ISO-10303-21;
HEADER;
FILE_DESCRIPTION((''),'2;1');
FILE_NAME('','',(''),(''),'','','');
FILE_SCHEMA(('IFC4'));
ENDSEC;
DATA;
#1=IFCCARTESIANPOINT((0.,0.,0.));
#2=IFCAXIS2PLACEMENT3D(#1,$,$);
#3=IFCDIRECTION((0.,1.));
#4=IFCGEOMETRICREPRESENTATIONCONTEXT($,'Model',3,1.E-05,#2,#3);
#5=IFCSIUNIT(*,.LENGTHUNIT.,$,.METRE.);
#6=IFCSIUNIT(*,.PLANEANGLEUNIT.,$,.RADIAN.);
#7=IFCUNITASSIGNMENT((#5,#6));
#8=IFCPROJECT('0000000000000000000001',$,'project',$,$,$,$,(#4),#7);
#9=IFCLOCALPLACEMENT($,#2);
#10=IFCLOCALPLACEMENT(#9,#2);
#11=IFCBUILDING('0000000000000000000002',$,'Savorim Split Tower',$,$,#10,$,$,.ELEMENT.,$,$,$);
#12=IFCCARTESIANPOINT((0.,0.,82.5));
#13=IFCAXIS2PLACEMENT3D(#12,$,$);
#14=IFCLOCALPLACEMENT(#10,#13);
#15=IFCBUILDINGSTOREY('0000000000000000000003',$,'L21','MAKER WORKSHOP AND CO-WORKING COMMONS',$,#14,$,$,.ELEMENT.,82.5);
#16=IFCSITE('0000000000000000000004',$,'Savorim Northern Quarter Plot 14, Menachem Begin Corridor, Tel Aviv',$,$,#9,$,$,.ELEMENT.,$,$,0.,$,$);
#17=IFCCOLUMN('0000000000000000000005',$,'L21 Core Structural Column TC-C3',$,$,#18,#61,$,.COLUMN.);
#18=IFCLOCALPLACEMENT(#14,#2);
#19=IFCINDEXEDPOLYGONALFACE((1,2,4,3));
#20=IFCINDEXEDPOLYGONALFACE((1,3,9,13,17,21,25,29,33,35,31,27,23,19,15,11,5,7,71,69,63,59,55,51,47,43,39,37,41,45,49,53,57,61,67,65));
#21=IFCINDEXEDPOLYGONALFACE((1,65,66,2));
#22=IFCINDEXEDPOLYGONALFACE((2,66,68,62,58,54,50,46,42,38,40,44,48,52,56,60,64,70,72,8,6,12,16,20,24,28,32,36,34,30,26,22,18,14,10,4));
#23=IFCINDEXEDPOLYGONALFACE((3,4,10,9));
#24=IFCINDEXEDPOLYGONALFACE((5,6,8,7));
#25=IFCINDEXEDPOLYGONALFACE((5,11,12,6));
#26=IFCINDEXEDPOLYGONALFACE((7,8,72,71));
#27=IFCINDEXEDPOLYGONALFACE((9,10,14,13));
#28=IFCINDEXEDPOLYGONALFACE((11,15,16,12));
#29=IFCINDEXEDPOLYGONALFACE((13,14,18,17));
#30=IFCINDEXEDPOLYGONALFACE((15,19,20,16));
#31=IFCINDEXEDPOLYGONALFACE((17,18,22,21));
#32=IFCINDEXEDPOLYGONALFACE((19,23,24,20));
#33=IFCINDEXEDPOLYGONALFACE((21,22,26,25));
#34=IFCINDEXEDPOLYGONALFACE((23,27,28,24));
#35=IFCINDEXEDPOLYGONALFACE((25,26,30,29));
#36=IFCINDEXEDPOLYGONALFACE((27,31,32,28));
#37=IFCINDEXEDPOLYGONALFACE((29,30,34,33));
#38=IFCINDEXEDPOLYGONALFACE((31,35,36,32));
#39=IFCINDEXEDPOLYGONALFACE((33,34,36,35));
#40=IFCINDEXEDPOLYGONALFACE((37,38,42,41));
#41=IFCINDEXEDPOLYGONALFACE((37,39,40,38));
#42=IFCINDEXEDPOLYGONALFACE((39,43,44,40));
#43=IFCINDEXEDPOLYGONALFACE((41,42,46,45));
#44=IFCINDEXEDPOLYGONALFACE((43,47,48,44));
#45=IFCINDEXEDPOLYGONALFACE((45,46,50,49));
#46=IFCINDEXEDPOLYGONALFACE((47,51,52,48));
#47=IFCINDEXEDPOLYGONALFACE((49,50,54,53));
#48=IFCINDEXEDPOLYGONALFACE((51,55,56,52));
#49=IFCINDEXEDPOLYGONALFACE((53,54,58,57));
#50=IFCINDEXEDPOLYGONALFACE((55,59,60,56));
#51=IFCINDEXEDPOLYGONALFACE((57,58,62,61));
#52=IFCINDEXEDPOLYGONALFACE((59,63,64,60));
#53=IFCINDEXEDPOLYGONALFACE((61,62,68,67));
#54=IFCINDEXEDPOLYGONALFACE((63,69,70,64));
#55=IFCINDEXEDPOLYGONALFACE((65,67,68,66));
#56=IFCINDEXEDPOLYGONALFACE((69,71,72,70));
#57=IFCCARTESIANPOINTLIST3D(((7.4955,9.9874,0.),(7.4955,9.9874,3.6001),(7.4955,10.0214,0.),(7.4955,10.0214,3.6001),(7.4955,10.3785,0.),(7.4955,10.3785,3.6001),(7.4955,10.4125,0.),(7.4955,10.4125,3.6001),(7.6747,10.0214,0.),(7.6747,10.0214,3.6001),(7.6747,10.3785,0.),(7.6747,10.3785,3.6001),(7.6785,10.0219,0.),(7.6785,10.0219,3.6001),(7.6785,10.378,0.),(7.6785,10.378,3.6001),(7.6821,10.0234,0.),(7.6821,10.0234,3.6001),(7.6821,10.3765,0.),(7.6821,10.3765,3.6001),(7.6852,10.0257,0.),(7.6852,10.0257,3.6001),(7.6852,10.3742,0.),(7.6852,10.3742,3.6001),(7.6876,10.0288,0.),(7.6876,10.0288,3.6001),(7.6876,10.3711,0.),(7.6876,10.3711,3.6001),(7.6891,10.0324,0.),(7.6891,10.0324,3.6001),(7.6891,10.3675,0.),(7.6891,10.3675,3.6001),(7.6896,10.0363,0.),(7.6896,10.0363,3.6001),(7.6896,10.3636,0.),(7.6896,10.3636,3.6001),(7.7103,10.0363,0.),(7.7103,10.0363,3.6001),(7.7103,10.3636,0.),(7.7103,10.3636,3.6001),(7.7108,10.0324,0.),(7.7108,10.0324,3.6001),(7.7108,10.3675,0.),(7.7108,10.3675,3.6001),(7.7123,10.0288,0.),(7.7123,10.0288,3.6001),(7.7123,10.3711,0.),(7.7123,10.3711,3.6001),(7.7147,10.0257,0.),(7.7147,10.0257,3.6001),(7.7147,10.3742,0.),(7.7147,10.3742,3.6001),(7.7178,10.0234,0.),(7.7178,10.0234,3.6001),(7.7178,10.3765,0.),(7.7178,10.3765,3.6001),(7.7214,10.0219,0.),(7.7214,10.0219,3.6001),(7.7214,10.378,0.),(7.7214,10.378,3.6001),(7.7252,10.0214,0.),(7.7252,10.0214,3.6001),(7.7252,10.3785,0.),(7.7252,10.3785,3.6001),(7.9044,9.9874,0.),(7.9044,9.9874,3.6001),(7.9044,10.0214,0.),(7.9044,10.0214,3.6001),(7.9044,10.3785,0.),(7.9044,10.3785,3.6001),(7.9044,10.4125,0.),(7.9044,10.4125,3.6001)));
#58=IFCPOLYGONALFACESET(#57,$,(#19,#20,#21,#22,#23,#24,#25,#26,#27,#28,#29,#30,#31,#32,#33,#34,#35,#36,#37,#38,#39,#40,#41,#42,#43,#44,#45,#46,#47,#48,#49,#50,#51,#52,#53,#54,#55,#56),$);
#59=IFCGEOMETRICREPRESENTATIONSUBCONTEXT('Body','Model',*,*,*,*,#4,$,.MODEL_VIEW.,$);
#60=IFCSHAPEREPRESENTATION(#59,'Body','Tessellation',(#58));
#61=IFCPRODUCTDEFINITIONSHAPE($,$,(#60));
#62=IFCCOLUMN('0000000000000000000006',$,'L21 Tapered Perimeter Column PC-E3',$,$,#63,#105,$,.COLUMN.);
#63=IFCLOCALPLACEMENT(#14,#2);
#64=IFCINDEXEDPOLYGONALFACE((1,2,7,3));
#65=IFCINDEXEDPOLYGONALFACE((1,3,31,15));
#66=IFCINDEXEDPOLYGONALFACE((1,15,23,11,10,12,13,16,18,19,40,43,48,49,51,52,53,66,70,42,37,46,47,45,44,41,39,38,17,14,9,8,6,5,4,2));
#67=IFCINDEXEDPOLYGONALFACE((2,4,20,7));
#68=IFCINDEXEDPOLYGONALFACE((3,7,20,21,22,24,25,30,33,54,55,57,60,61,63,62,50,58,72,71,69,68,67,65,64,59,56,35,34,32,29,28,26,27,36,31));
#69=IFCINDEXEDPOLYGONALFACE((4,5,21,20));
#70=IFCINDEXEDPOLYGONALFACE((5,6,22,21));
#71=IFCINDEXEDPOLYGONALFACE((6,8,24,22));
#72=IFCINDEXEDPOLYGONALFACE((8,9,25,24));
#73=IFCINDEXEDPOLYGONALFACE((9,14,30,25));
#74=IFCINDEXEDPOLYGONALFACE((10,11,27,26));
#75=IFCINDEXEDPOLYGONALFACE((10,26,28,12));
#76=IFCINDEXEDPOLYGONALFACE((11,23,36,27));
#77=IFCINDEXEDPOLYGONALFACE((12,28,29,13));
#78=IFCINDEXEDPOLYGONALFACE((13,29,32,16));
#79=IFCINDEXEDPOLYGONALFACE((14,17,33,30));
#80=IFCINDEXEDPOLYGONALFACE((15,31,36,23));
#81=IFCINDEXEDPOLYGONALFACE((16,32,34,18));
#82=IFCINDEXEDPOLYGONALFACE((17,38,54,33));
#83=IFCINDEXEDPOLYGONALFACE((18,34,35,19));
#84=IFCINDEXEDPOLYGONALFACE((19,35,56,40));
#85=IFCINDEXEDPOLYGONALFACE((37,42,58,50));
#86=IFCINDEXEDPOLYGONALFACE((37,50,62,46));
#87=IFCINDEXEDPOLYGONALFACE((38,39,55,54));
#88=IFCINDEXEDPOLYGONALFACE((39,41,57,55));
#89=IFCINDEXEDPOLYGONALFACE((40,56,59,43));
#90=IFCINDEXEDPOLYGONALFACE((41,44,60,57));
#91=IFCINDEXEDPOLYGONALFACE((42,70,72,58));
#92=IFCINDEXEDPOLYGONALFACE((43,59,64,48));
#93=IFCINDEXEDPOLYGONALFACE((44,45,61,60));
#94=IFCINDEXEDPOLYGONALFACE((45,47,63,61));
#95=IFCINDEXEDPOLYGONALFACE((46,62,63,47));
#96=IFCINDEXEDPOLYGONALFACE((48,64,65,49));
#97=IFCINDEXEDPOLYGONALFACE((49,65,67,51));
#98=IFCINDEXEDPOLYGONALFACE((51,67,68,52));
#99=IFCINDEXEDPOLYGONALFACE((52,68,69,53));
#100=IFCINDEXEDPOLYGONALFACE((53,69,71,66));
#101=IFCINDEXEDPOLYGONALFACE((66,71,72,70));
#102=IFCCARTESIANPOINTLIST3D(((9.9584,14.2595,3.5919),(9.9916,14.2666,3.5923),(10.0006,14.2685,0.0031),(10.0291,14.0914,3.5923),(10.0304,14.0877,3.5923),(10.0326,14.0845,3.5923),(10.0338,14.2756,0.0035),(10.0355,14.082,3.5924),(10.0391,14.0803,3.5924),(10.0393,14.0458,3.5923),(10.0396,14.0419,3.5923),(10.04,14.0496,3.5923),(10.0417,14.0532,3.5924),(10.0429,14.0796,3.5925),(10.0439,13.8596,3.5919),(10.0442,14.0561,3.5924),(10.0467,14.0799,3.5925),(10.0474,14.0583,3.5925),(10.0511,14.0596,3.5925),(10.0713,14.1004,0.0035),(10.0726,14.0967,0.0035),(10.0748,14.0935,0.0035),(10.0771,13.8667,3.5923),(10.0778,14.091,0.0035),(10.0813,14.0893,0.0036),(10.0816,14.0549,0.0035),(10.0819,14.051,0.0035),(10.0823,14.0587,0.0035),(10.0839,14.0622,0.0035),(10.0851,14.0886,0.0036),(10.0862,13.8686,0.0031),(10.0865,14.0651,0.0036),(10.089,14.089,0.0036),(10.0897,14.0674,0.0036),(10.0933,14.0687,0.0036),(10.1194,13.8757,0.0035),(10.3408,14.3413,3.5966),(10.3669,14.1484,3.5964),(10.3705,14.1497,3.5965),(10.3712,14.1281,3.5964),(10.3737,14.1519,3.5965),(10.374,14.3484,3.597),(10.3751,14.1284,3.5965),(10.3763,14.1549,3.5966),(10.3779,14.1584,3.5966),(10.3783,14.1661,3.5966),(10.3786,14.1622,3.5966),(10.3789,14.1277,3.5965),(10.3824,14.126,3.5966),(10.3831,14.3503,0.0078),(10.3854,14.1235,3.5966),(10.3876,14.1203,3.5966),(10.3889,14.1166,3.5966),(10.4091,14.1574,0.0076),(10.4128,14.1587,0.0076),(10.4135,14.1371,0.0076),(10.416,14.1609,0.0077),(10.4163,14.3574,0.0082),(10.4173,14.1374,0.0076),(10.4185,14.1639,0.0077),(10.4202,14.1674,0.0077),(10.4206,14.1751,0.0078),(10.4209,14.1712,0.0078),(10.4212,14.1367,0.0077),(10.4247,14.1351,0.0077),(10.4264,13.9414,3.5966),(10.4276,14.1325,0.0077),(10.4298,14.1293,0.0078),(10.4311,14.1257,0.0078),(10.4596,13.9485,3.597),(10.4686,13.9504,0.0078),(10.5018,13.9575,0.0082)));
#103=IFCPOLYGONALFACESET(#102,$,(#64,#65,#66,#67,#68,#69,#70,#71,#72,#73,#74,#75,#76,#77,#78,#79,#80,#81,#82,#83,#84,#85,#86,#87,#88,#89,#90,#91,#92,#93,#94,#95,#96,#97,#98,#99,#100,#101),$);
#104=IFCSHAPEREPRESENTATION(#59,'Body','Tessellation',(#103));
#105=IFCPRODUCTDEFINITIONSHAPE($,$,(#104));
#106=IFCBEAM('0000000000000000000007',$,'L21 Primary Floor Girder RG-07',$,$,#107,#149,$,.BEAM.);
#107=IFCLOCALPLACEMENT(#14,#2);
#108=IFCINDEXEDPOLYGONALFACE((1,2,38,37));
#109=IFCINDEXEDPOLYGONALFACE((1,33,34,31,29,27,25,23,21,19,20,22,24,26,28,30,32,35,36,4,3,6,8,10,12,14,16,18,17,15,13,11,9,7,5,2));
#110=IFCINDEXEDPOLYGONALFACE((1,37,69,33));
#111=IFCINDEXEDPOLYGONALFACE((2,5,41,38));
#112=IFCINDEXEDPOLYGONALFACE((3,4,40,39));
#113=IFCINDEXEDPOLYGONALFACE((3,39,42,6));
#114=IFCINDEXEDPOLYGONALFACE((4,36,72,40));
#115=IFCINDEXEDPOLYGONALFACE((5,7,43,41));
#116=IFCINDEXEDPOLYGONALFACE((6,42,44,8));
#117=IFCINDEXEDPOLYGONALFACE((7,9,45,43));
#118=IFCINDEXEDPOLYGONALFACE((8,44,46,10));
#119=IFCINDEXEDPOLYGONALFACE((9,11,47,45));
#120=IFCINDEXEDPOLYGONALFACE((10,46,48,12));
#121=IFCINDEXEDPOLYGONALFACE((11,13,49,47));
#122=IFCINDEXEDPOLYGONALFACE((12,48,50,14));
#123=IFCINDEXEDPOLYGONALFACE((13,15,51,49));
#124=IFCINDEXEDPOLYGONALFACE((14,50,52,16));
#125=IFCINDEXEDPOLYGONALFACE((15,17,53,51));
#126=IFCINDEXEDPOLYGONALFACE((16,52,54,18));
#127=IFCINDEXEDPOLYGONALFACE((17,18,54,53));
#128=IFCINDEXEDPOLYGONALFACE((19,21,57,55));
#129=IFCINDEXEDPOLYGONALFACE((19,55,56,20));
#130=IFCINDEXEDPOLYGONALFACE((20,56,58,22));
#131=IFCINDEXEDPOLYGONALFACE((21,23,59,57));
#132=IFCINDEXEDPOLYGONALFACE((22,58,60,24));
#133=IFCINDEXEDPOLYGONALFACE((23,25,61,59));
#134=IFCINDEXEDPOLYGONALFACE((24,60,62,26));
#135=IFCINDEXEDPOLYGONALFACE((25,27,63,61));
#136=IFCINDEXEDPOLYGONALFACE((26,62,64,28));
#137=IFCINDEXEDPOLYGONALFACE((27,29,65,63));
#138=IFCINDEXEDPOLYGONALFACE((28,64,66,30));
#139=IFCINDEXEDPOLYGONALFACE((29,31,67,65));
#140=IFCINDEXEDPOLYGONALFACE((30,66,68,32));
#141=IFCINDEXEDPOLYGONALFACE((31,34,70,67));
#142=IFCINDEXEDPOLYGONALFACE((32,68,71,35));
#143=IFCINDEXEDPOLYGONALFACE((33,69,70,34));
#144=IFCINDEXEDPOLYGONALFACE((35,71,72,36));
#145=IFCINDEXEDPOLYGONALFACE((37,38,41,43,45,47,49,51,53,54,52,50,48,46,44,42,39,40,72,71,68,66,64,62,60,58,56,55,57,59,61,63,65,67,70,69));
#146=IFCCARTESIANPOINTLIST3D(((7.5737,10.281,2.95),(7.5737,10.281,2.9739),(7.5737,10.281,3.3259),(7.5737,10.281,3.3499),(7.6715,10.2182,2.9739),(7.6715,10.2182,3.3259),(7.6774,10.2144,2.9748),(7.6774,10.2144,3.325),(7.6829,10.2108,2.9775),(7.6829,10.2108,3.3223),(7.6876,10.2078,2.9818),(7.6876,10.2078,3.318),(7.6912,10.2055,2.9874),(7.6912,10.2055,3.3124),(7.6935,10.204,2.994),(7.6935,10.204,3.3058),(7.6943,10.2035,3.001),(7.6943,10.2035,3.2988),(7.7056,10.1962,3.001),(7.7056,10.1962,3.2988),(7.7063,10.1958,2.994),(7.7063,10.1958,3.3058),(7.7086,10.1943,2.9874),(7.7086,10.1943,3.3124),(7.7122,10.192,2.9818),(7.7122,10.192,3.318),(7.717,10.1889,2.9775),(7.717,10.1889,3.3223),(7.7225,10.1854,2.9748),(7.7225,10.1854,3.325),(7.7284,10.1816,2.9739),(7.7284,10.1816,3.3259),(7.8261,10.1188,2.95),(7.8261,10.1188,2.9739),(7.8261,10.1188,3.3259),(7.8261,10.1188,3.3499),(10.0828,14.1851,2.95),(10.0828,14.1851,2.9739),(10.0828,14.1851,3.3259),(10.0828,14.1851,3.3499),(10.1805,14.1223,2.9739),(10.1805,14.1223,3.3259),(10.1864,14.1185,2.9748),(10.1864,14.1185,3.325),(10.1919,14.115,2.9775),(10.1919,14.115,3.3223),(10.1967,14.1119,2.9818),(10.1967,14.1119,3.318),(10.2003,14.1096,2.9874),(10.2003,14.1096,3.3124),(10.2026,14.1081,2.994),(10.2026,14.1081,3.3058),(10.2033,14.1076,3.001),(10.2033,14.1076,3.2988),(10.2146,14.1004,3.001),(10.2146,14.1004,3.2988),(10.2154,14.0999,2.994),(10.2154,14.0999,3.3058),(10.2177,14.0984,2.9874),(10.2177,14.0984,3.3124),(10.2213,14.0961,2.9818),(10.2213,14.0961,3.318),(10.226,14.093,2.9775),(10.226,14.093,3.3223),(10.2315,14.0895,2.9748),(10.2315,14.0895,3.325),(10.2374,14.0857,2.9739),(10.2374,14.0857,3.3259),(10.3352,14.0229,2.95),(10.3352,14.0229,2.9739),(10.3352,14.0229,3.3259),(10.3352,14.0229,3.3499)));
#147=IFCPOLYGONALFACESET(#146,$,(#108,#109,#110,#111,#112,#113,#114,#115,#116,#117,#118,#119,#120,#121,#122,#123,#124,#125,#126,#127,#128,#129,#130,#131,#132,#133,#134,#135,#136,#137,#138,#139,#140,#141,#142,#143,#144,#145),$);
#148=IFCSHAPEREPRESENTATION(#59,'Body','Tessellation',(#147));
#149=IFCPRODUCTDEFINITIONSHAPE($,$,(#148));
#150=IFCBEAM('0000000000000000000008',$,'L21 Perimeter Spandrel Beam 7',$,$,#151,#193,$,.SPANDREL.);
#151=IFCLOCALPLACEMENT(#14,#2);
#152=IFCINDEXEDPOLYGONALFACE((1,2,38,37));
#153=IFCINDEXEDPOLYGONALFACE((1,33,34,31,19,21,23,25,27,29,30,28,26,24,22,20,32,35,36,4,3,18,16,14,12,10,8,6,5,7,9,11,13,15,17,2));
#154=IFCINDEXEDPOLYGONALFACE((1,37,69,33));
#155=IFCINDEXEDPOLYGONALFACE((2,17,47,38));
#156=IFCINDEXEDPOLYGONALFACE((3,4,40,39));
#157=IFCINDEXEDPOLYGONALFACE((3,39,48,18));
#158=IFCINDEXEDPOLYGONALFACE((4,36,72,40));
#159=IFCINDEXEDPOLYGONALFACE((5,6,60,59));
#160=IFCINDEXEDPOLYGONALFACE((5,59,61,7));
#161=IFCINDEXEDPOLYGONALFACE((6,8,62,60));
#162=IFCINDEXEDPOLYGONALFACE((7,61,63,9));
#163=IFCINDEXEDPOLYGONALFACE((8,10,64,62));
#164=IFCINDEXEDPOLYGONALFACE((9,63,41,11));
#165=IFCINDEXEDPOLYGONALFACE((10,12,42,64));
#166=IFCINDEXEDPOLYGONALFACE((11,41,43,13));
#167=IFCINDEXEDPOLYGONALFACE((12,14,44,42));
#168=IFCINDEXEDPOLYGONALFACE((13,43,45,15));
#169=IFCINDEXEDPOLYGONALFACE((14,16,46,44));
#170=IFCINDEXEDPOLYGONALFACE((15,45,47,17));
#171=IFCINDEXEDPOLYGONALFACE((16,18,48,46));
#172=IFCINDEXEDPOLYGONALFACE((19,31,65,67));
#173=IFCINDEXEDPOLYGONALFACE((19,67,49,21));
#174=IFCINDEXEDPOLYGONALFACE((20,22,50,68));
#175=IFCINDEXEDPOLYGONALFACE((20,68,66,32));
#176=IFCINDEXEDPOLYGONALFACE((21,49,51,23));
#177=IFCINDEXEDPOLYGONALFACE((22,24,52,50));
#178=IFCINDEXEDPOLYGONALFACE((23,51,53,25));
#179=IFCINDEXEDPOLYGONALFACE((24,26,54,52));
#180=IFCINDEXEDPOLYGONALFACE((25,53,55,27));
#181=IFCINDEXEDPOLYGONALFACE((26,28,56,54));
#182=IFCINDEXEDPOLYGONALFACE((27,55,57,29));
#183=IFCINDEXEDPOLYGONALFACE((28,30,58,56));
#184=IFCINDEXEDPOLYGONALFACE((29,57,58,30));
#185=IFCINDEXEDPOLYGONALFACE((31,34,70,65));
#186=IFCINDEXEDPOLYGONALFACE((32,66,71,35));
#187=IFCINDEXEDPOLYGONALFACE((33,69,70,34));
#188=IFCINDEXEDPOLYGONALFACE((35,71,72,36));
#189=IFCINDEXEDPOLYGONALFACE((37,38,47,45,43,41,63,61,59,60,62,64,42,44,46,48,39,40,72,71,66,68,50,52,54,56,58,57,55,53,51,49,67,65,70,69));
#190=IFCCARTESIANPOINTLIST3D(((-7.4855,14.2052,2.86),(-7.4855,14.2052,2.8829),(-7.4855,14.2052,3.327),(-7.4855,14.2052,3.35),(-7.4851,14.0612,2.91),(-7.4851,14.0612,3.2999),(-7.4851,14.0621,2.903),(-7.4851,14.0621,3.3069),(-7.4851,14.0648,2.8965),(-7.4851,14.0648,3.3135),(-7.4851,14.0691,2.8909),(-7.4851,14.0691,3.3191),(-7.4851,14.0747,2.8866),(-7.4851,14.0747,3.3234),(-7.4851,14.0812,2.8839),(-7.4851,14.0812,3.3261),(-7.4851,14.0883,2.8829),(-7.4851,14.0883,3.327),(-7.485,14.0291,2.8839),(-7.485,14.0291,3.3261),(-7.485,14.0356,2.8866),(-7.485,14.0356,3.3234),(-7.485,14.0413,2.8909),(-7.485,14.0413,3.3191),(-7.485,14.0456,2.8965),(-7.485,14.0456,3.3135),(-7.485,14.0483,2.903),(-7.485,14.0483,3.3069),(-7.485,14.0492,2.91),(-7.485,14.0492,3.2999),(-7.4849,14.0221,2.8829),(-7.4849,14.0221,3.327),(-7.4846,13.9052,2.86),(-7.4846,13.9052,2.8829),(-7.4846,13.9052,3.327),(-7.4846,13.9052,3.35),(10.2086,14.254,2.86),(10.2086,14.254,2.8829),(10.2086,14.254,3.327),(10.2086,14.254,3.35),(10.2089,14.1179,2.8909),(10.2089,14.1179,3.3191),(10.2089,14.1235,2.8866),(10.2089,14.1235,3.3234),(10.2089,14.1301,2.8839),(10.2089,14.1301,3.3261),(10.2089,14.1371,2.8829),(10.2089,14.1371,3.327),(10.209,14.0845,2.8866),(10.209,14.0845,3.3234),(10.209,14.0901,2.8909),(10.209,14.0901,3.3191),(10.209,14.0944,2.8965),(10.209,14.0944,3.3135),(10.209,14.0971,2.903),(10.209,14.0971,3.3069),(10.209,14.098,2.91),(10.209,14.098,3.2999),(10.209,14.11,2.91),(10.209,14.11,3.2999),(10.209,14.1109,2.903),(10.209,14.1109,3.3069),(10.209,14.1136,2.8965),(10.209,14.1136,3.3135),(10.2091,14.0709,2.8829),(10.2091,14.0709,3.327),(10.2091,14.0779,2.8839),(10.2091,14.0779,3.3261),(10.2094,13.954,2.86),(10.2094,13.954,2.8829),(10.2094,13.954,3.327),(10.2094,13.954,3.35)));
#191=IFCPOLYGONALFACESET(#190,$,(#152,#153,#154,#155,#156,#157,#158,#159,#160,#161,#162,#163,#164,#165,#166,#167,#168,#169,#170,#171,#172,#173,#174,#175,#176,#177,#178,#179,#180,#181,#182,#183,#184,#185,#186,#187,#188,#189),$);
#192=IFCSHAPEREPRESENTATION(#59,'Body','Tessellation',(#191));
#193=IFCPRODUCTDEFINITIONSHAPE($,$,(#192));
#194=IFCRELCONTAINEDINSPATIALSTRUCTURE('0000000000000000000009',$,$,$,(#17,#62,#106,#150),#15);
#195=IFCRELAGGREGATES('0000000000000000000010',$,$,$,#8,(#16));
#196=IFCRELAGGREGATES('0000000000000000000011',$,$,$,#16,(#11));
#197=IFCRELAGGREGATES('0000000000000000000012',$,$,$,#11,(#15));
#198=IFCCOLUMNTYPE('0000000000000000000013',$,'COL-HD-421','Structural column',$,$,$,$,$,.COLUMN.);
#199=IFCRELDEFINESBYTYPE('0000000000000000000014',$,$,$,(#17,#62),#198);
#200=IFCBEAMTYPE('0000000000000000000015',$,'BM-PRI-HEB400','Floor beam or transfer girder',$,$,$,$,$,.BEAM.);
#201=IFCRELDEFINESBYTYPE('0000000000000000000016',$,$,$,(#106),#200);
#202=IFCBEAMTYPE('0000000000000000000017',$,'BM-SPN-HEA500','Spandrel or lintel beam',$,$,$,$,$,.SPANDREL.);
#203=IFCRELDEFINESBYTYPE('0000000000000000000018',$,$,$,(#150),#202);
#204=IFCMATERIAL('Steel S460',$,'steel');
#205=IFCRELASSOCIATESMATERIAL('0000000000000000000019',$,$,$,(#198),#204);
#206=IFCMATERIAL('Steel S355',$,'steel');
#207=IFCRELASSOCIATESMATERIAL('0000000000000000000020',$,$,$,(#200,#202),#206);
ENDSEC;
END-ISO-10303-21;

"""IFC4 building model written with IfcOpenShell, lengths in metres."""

from ifc_helpers import new_model, si_unit, direction, frame, origin, origin_2d, place, context, subcontext, project, spatial, i_section, extrude, material, material_profile, profile_set, type_object, element, save


model = new_model("IFC4")

# Units and contexts
model_context = context("Model", 3, precision=1e-05, world=origin(), true_north=direction((0.0, 1.0)))
body_context = subcontext(model_context, "Body", "Model", "MODEL_VIEW")
ifc_project = project(units=[si_unit("LENGTHUNIT", "METRE"), si_unit("PLANEANGLEUNIT", "RADIAN")], contexts=[model_context])

# Site, building, storey
site_placement = place(None, origin())
site = spatial("IfcSite", under=ifc_project, at=site_placement, Name="Savorim Northern Quarter Plot 14, Menachem Begin Corridor, Tel Aviv", CompositionType="ELEMENT", RefElevation=0.0)
building_placement = place(site_placement, origin())
building = spatial("IfcBuilding", under=site, at=building_placement, Name="Savorim Split Tower", CompositionType="ELEMENT")
storey_placement = place(building_placement, frame((0.0, 0.0, 82.5)))
storey = spatial("IfcBuildingStorey", under=building, at=storey_placement, Name="L21", Description="MAKER WORKSHOP AND CO-WORKING COMMONS", CompositionType="ELEMENT", Elevation=82.5)

# Columns
ifc_material_1 = material(Name="Steel S460", Category="steel")
ifc_material_profile_1 = material_profile(ifc_material_1, i_section(OverallWidth=0.4089, OverallDepth=0.425, WebThickness=0.0208, FlangeThickness=0.0339, FilletRadius=0.0149, at=origin_2d()), Name="HD 400x421")
ifc_profile_set_1 = profile_set([ifc_material_profile_1], Name="Steel S460")
column_type = type_object("IfcColumnType", Name="COL-HD-421", Description="Structural column", PredefinedType="COLUMN", material=ifc_profile_set_1)
column_1_placement = place(storey_placement, frame((7.7, 10.2, 0.0), z_axis=(0.0, 0.0, 1.0), x_axis=(1.0, 0.0, 0.0)))
element("IfcColumn", 1, at=column_1_placement, inside=storey, type_object=column_type, Name="L21 Core Structural Column TC-C3", PredefinedType="COLUMN", context=body_context, shape_type="SweptSolid", body=[
    extrude(i_section(OverallWidth=0.4089, OverallDepth=0.425, WebThickness=0.0208, FlangeThickness=0.0339, FilletRadius=0.0149, at=origin_2d()), origin(), (0.0, 0.0, 1.0), 3.6001),
])
column_2_placement = place(storey_placement, frame((10.2512, 14.113, 0.0056), z_axis=(-0.011768, -0.002517, 0.999928), x_axis=(0.209143, -0.977885, 0.0)))
element("IfcColumn", 2, at=column_2_placement, inside=storey, type_object=column_type, Name="L21 Tapered Perimeter Column PC-E3", PredefinedType="COLUMN", context=body_context, shape_type="SweptSolid", body=[
    extrude(i_section(OverallWidth=0.4089, OverallDepth=0.425, WebThickness=0.0208, FlangeThickness=0.0339, FilletRadius=0.0149, at=origin_2d()), origin(), (0.0, 0.0, 1.0), 3.5891),
])

# Beams
ifc_material_2 = material(Name="Steel S355", Category="steel")
ifc_material_profile_2 = material_profile(ifc_material_2, i_section(OverallWidth=0.3, OverallDepth=0.3999, WebThickness=0.0134, FlangeThickness=0.0239, FilletRadius=0.0271, at=origin_2d()), Name="HEB 400")
ifc_profile_set_2 = profile_set([ifc_material_profile_2], Name="Steel S355")
beam_type_1 = type_object("IfcBeamType", Name="BM-PRI-HEB400", Description="Floor beam or transfer girder", PredefinedType="BEAM", material=ifc_profile_set_2)
beam_1_placement = place(storey_placement, frame((10.209, 14.104, 3.1499), z_axis=(-0.540649, -0.841249, 0.0), x_axis=(0.841249, -0.540649, 0.0)))
element("IfcBeam", 3, at=beam_1_placement, inside=storey, type_object=beam_type_1, Name="L21 Primary Floor Girder RG-07", PredefinedType="BEAM", context=body_context, shape_type="SweptSolid", body=[
    extrude(i_section(OverallWidth=0.3, OverallDepth=0.3999, WebThickness=0.0134, FlangeThickness=0.0239, FilletRadius=0.0271, at=origin_2d()), origin(), (0.0, 0.0, 1.0), 4.6409),
])
ifc_material_profile_3 = material_profile(ifc_material_2, i_section(OverallWidth=0.3, OverallDepth=0.49, WebThickness=0.012, FlangeThickness=0.0229, FilletRadius=0.0271, at=origin_2d()), Name="HEA 500")
ifc_profile_set_3 = profile_set([ifc_material_profile_3], Name="Steel S355")
beam_type_2 = type_object("IfcBeamType", Name="BM-SPN-HEA500", Description="Spandrel or lintel beam", PredefinedType="SPANDREL", material=ifc_profile_set_3)
beam_2_placement = place(storey_placement, frame((10.209, 14.104, 3.105), z_axis=(-0.999996, -0.00276, 0.0), x_axis=(0.00276, -0.999996, 0.0)))
element("IfcBeam", 4, at=beam_2_placement, inside=storey, type_object=beam_type_2, Name="L21 Perimeter Spandrel Beam 7", PredefinedType="SPANDREL", context=body_context, shape_type="SweptSolid", body=[
    extrude(i_section(OverallWidth=0.3, OverallDepth=0.49, WebThickness=0.012, FlangeThickness=0.0229, FilletRadius=0.0271, at=origin_2d()), origin(), (0.0, 0.0, 1.0), 17.6941),
])

save(model, "model.ifc")
